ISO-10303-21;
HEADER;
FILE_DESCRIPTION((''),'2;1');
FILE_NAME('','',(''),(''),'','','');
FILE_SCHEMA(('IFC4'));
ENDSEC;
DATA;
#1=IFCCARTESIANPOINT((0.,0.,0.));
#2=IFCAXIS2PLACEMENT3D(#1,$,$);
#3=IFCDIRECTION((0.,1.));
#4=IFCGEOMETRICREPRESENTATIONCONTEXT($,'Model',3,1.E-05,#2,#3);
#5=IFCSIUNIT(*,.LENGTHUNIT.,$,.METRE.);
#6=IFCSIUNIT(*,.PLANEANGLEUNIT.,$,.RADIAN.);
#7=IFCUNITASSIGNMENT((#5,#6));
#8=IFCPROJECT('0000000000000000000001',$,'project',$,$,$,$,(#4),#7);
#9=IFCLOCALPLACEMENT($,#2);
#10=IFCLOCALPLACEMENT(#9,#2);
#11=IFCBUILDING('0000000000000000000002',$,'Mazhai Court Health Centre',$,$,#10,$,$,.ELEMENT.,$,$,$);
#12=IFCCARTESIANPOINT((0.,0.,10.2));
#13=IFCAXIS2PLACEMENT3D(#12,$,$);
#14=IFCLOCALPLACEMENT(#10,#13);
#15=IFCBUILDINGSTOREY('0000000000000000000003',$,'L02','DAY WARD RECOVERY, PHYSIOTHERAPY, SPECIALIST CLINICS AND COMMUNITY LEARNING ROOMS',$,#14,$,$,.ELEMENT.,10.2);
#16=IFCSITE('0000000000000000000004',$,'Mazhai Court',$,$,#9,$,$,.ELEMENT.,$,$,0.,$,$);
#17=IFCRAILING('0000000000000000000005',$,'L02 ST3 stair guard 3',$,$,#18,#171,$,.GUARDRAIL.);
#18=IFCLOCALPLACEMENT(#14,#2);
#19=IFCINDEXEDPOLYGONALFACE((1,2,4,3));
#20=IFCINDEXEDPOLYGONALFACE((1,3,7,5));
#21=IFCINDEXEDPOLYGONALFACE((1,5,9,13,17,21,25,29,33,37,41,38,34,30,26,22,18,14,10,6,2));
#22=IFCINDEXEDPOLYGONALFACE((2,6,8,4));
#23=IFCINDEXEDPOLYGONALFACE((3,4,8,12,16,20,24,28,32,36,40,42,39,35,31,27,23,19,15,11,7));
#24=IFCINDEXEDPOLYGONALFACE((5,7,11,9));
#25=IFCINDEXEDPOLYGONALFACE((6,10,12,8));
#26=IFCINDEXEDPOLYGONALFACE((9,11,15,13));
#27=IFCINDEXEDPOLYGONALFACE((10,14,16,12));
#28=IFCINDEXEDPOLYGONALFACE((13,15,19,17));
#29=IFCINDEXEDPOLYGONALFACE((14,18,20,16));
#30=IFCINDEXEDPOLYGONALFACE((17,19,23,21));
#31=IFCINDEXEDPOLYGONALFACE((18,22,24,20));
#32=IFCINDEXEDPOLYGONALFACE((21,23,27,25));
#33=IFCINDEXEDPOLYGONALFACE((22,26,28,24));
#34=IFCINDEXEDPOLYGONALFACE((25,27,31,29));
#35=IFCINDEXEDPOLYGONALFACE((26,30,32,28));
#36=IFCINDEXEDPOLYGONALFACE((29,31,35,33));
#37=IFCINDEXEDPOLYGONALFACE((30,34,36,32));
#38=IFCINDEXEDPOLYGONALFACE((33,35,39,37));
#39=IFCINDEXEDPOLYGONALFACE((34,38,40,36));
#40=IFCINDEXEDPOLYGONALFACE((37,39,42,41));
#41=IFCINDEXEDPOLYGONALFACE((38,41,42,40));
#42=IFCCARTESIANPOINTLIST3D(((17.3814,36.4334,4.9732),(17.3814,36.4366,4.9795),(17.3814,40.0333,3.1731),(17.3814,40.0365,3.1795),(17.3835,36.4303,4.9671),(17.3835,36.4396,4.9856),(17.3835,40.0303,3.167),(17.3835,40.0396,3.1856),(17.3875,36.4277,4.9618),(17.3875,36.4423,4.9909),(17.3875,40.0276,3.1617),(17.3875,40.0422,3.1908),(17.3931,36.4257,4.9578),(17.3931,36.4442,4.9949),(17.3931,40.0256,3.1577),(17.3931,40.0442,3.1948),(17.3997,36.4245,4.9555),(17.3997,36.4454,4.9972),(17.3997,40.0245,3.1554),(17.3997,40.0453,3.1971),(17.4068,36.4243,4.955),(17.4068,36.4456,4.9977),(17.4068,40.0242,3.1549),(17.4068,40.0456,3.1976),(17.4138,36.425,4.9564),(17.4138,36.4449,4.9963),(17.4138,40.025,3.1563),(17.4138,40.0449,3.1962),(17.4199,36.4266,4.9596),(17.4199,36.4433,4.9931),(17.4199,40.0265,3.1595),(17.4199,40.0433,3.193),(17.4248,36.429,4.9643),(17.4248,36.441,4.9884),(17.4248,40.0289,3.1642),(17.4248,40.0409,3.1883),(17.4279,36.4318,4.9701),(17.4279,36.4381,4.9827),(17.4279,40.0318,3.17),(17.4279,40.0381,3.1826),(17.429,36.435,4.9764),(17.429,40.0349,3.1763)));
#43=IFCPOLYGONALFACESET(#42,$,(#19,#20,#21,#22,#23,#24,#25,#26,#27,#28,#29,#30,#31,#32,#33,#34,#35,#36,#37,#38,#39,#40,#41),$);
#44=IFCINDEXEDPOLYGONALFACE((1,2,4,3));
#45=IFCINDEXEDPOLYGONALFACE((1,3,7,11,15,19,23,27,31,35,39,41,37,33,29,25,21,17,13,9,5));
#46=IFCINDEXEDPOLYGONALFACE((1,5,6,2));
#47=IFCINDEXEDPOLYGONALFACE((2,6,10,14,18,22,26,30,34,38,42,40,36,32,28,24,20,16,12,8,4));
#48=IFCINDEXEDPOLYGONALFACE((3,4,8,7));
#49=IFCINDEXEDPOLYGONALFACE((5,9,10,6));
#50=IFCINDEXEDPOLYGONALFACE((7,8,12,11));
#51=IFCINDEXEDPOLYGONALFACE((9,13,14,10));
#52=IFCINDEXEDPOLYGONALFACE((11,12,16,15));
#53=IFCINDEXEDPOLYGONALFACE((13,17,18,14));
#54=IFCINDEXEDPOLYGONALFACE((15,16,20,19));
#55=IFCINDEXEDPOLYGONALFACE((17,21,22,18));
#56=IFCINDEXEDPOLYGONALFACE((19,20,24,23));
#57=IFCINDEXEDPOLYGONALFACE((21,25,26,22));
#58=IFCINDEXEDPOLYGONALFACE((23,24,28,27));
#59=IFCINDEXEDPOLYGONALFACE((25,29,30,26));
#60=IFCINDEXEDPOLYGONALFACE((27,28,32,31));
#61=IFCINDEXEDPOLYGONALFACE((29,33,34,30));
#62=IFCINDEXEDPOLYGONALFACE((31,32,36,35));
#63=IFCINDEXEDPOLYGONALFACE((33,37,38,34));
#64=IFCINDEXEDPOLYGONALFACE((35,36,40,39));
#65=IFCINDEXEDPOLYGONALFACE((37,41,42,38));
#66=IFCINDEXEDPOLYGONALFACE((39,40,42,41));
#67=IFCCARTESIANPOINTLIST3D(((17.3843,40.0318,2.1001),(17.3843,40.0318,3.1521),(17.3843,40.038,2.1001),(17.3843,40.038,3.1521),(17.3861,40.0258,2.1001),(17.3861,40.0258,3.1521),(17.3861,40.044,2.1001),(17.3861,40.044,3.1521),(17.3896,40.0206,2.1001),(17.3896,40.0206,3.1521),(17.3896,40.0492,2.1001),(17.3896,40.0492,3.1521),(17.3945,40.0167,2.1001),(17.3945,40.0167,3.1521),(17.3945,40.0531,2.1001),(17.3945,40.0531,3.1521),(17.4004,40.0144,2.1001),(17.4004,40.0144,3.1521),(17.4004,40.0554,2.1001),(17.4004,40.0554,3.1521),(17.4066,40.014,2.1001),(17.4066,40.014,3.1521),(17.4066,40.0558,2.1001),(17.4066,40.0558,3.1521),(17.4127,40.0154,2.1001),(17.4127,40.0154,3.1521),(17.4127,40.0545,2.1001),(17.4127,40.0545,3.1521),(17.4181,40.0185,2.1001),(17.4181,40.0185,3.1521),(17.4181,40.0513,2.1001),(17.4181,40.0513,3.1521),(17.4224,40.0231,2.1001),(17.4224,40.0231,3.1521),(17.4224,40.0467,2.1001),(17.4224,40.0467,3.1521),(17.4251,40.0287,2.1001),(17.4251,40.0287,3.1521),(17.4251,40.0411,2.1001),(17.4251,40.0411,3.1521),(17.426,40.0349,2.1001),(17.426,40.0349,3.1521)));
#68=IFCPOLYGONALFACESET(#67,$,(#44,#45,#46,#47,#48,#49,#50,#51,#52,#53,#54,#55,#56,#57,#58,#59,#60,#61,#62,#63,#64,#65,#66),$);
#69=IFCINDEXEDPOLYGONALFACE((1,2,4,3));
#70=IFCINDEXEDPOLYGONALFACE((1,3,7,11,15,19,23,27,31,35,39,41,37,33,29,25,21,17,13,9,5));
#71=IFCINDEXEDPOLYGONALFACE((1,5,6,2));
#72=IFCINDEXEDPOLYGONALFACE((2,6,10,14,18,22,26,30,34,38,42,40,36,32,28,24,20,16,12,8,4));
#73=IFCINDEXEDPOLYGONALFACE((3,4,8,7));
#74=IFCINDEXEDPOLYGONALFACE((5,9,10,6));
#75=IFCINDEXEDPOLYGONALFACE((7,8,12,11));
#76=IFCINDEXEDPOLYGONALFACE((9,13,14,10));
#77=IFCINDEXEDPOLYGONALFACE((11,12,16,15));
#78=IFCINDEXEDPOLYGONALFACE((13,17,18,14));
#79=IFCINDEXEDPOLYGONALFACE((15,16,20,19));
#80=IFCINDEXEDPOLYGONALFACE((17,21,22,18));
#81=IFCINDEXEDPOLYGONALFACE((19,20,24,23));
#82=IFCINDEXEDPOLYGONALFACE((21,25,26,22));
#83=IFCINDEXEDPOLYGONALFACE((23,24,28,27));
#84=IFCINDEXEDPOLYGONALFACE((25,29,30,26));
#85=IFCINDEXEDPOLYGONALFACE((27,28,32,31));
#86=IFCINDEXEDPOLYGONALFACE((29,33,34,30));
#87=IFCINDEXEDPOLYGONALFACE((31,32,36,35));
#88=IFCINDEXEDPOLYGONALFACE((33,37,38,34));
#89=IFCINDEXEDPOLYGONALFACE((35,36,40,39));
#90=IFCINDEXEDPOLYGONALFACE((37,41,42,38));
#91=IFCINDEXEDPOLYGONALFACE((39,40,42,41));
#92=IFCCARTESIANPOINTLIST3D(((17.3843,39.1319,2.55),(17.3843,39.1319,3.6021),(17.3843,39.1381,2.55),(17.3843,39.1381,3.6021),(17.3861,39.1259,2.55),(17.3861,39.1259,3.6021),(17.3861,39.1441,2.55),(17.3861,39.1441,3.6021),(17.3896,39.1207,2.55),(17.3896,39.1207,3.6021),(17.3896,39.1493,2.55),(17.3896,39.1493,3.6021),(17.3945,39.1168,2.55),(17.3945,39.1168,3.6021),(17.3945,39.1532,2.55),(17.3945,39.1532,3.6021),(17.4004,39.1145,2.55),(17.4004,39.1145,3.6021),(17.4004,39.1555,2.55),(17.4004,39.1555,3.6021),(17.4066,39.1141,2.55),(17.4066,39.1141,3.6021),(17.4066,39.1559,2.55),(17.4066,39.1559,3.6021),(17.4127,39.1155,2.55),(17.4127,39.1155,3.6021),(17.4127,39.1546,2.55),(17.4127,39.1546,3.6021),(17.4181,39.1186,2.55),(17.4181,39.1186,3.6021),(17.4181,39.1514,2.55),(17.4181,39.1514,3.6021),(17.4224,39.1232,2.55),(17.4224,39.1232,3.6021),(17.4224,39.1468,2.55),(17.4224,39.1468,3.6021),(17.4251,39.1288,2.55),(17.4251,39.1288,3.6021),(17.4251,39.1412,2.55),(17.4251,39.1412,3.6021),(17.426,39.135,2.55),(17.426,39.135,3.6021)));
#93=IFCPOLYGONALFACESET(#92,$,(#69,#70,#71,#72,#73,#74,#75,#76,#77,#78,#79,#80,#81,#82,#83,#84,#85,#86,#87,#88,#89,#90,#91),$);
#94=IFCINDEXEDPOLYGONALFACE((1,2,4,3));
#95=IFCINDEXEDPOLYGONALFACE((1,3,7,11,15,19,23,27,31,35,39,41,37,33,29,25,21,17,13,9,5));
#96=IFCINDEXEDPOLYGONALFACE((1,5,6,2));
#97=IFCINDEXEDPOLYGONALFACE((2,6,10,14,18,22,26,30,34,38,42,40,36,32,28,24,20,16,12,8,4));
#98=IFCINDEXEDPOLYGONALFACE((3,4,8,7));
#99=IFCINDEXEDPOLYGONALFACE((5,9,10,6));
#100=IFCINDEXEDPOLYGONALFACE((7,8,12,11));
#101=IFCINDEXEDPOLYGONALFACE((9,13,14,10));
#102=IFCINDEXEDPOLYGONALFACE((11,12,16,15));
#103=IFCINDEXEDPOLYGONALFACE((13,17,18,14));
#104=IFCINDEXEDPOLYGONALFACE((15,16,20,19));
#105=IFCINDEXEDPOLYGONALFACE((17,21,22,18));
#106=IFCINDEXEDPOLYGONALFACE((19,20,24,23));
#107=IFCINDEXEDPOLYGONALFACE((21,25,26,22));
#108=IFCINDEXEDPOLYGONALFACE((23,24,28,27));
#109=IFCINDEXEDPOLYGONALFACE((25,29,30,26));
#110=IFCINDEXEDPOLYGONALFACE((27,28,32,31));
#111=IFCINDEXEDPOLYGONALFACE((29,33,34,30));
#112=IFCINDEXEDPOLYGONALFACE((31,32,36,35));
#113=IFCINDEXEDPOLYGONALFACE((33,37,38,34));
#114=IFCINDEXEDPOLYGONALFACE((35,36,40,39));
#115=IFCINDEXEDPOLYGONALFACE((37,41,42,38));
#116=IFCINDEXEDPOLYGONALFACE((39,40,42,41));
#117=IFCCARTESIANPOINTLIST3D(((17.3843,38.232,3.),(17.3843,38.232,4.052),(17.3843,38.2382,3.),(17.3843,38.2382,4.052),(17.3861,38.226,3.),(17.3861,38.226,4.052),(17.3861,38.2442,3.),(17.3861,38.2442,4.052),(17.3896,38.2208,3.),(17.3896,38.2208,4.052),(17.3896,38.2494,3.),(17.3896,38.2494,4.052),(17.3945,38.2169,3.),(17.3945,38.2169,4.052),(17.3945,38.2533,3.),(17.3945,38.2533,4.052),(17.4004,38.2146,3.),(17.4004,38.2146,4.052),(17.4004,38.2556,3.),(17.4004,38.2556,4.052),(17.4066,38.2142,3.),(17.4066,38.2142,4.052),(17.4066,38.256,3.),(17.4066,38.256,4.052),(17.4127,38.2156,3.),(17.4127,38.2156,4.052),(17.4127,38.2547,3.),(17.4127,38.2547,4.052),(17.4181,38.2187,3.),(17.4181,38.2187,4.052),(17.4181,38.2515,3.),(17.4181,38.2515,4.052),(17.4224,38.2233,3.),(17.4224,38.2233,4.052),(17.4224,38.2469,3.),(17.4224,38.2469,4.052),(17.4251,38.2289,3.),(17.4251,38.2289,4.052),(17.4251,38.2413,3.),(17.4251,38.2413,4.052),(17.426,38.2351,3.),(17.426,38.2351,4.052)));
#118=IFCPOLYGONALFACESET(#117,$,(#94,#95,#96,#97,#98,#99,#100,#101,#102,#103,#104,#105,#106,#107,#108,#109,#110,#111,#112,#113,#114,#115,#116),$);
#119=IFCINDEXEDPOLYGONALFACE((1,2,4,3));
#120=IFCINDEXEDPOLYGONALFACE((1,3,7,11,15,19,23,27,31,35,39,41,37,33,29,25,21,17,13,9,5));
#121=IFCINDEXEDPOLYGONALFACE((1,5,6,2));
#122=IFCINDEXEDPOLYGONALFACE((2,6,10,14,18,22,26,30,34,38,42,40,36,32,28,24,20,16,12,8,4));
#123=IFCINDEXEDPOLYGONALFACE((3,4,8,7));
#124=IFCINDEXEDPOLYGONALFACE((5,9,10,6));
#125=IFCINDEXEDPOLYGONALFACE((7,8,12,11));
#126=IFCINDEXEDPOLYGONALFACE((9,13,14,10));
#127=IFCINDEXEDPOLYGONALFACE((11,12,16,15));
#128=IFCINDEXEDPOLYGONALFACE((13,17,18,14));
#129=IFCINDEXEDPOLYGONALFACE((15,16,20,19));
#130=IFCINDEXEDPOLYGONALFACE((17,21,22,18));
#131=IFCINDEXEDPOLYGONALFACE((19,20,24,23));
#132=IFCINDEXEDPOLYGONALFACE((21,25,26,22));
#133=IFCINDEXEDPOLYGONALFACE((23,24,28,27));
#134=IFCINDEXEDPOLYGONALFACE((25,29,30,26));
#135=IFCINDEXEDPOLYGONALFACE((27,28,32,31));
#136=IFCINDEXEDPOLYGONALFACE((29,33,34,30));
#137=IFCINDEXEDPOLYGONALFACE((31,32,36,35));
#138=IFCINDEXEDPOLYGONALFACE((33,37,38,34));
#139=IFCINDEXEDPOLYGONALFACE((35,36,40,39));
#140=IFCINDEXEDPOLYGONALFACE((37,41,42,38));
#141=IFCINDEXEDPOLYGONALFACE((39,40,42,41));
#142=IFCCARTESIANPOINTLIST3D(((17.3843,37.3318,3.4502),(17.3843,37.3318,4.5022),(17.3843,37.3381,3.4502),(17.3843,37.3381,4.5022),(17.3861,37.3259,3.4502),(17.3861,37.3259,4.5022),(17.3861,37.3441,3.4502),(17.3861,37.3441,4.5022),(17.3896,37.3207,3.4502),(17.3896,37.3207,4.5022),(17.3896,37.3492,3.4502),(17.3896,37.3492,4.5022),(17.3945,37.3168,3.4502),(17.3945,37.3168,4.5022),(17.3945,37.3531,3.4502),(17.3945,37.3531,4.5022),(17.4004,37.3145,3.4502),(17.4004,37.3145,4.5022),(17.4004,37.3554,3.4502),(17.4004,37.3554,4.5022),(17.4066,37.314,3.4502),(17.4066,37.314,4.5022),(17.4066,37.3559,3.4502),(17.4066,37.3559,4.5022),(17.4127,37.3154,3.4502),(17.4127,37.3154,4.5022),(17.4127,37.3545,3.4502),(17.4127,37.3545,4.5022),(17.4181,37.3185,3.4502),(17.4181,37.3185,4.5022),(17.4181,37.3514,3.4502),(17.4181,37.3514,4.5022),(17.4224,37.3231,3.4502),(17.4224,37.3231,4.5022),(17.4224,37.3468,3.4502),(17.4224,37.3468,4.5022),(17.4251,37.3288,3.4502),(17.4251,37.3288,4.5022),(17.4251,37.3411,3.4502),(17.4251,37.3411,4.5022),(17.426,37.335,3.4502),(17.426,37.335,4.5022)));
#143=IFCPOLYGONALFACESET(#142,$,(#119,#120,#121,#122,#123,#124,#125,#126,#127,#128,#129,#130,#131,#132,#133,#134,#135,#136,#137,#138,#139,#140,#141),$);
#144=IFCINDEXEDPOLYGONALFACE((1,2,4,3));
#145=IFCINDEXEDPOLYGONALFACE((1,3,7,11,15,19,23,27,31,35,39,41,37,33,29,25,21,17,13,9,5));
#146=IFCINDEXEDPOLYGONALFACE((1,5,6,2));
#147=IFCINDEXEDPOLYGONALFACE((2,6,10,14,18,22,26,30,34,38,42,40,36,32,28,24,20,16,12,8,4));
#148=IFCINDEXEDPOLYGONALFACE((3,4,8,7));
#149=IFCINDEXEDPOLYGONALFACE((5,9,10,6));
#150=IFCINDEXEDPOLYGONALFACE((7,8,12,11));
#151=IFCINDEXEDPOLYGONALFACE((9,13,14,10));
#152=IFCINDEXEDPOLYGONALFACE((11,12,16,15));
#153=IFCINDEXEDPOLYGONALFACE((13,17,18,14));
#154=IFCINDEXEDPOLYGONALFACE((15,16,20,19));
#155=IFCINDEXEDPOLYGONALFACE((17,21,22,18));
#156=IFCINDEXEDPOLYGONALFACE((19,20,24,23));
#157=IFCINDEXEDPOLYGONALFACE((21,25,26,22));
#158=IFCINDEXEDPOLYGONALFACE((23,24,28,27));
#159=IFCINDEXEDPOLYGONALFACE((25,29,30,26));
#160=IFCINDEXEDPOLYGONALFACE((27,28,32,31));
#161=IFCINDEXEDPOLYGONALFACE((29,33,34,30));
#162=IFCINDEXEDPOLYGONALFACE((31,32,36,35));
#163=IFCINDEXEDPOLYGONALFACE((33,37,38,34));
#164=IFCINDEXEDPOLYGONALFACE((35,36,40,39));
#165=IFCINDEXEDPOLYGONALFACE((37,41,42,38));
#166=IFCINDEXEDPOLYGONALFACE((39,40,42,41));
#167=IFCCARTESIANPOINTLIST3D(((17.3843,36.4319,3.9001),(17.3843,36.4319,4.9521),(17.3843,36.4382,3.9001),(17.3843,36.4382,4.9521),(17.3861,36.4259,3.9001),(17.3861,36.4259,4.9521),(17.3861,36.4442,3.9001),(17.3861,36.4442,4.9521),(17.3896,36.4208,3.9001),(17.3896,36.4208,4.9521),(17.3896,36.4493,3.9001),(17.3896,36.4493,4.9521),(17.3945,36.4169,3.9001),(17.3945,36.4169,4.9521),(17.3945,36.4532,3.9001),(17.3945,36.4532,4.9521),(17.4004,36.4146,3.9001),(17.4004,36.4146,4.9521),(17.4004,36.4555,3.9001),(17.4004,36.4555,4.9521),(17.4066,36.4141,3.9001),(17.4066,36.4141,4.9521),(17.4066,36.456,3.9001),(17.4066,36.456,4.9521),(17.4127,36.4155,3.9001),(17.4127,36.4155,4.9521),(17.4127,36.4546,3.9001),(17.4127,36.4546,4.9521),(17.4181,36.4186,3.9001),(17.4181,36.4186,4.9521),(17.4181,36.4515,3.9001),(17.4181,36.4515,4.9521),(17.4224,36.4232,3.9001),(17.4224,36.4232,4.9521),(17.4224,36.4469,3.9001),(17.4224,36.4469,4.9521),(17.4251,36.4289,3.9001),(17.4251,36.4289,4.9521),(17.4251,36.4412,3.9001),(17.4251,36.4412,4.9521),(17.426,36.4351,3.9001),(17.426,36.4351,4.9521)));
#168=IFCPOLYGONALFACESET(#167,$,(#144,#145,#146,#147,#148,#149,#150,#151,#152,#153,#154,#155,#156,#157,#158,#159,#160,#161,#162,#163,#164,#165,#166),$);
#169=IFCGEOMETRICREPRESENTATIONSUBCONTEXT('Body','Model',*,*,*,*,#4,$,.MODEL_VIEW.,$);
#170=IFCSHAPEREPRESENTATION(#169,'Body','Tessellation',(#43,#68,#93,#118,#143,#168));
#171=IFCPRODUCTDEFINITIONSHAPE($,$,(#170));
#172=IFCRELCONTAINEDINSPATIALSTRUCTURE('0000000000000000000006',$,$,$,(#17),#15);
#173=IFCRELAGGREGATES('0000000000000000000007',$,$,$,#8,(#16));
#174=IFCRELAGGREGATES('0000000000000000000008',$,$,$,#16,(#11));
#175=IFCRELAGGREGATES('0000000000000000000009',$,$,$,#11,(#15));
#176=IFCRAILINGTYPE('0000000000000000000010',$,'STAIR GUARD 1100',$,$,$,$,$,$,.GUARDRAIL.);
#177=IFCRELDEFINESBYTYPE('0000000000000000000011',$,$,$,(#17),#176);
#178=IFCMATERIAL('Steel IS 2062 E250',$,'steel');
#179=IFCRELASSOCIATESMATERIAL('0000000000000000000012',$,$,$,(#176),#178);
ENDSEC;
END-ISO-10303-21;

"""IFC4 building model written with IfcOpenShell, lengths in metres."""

from ifc_helpers import new_model, si_unit, direction, frame, origin, origin_2d, place, context, subcontext, project, spatial, circle, extrude, material, type_object, element, save


model = new_model("IFC4")

# Units and contexts
model_context = context("Model", 3, precision=1e-05, world=origin(), true_north=direction((0.0, 1.0)))
body_context = subcontext(model_context, "Body", "Model", "MODEL_VIEW")
ifc_project = project(units=[si_unit("LENGTHUNIT", "METRE"), si_unit("PLANEANGLEUNIT", "RADIAN")], contexts=[model_context])

# Site, building, storey
site_placement = place(None, origin())
site = spatial("IfcSite", under=ifc_project, at=site_placement, Name="Mazhai Court", CompositionType="ELEMENT", RefElevation=0.0)
building_placement = place(site_placement, origin())
building = spatial("IfcBuilding", under=site, at=building_placement, Name="Mazhai Court Health Centre", CompositionType="ELEMENT")
storey_placement = place(building_placement, frame((0.0, 0.0, 10.2)))
storey = spatial("IfcBuildingStorey", under=building, at=storey_placement, Name="L02", Description="DAY WARD RECOVERY, PHYSIOTHERAPY, SPECIALIST CLINICS AND COMMUNITY LEARNING ROOMS", CompositionType="ELEMENT", Elevation=10.2)

# Railing
ifc_material_1 = material(Name="Steel IS 2062 E250", Category="steel")
railing_type_1 = type_object("IfcRailingType", Name="STAIR GUARD 1100", PredefinedType="GUARDRAIL", material=ifc_material_1)
railing_1_placement = place(storey_placement, frame((17.405, 40.0349, 2.1001)))
element("IfcRailing", 1, at=railing_1_placement, inside=storey, type_object=railing_type_1, Name="L02 ST3 stair guard 3", PredefinedType="GUARDRAIL", context=body_context, shape_type="SweptSolid", body=[
    extrude(circle(Radius=0.0239, at=origin_2d()), frame((0.0, 0.0, 1.0762), z_axis=(0.0, -0.894415, 0.447238), x_axis=(1.0, 0.0, 0.0)), (0.0, 0.0, 1.0), 4.0249),
    extrude(circle(Radius=0.021, at=origin_2d()), origin(), (0.0, 0.0, 1.0), 1.052),
    extrude(circle(Radius=0.021, at=origin_2d()), frame((0.0, -0.8999, 0.45)), (0.0, 0.0, 1.0), 1.052),
    extrude(circle(Radius=0.021, at=origin_2d()), frame((0.0, -1.7998, 0.8999)), (0.0, 0.0, 1.0), 1.052),
    extrude(circle(Radius=0.021, at=origin_2d()), frame((0.0, -2.7, 1.3501)), (0.0, 0.0, 1.0), 1.052),
    extrude(circle(Radius=0.021, at=origin_2d()), frame((0.0, -3.5999, 1.8)), (0.0, 0.0, 1.0), 1.052),
])

save(model, "model.ifc")
